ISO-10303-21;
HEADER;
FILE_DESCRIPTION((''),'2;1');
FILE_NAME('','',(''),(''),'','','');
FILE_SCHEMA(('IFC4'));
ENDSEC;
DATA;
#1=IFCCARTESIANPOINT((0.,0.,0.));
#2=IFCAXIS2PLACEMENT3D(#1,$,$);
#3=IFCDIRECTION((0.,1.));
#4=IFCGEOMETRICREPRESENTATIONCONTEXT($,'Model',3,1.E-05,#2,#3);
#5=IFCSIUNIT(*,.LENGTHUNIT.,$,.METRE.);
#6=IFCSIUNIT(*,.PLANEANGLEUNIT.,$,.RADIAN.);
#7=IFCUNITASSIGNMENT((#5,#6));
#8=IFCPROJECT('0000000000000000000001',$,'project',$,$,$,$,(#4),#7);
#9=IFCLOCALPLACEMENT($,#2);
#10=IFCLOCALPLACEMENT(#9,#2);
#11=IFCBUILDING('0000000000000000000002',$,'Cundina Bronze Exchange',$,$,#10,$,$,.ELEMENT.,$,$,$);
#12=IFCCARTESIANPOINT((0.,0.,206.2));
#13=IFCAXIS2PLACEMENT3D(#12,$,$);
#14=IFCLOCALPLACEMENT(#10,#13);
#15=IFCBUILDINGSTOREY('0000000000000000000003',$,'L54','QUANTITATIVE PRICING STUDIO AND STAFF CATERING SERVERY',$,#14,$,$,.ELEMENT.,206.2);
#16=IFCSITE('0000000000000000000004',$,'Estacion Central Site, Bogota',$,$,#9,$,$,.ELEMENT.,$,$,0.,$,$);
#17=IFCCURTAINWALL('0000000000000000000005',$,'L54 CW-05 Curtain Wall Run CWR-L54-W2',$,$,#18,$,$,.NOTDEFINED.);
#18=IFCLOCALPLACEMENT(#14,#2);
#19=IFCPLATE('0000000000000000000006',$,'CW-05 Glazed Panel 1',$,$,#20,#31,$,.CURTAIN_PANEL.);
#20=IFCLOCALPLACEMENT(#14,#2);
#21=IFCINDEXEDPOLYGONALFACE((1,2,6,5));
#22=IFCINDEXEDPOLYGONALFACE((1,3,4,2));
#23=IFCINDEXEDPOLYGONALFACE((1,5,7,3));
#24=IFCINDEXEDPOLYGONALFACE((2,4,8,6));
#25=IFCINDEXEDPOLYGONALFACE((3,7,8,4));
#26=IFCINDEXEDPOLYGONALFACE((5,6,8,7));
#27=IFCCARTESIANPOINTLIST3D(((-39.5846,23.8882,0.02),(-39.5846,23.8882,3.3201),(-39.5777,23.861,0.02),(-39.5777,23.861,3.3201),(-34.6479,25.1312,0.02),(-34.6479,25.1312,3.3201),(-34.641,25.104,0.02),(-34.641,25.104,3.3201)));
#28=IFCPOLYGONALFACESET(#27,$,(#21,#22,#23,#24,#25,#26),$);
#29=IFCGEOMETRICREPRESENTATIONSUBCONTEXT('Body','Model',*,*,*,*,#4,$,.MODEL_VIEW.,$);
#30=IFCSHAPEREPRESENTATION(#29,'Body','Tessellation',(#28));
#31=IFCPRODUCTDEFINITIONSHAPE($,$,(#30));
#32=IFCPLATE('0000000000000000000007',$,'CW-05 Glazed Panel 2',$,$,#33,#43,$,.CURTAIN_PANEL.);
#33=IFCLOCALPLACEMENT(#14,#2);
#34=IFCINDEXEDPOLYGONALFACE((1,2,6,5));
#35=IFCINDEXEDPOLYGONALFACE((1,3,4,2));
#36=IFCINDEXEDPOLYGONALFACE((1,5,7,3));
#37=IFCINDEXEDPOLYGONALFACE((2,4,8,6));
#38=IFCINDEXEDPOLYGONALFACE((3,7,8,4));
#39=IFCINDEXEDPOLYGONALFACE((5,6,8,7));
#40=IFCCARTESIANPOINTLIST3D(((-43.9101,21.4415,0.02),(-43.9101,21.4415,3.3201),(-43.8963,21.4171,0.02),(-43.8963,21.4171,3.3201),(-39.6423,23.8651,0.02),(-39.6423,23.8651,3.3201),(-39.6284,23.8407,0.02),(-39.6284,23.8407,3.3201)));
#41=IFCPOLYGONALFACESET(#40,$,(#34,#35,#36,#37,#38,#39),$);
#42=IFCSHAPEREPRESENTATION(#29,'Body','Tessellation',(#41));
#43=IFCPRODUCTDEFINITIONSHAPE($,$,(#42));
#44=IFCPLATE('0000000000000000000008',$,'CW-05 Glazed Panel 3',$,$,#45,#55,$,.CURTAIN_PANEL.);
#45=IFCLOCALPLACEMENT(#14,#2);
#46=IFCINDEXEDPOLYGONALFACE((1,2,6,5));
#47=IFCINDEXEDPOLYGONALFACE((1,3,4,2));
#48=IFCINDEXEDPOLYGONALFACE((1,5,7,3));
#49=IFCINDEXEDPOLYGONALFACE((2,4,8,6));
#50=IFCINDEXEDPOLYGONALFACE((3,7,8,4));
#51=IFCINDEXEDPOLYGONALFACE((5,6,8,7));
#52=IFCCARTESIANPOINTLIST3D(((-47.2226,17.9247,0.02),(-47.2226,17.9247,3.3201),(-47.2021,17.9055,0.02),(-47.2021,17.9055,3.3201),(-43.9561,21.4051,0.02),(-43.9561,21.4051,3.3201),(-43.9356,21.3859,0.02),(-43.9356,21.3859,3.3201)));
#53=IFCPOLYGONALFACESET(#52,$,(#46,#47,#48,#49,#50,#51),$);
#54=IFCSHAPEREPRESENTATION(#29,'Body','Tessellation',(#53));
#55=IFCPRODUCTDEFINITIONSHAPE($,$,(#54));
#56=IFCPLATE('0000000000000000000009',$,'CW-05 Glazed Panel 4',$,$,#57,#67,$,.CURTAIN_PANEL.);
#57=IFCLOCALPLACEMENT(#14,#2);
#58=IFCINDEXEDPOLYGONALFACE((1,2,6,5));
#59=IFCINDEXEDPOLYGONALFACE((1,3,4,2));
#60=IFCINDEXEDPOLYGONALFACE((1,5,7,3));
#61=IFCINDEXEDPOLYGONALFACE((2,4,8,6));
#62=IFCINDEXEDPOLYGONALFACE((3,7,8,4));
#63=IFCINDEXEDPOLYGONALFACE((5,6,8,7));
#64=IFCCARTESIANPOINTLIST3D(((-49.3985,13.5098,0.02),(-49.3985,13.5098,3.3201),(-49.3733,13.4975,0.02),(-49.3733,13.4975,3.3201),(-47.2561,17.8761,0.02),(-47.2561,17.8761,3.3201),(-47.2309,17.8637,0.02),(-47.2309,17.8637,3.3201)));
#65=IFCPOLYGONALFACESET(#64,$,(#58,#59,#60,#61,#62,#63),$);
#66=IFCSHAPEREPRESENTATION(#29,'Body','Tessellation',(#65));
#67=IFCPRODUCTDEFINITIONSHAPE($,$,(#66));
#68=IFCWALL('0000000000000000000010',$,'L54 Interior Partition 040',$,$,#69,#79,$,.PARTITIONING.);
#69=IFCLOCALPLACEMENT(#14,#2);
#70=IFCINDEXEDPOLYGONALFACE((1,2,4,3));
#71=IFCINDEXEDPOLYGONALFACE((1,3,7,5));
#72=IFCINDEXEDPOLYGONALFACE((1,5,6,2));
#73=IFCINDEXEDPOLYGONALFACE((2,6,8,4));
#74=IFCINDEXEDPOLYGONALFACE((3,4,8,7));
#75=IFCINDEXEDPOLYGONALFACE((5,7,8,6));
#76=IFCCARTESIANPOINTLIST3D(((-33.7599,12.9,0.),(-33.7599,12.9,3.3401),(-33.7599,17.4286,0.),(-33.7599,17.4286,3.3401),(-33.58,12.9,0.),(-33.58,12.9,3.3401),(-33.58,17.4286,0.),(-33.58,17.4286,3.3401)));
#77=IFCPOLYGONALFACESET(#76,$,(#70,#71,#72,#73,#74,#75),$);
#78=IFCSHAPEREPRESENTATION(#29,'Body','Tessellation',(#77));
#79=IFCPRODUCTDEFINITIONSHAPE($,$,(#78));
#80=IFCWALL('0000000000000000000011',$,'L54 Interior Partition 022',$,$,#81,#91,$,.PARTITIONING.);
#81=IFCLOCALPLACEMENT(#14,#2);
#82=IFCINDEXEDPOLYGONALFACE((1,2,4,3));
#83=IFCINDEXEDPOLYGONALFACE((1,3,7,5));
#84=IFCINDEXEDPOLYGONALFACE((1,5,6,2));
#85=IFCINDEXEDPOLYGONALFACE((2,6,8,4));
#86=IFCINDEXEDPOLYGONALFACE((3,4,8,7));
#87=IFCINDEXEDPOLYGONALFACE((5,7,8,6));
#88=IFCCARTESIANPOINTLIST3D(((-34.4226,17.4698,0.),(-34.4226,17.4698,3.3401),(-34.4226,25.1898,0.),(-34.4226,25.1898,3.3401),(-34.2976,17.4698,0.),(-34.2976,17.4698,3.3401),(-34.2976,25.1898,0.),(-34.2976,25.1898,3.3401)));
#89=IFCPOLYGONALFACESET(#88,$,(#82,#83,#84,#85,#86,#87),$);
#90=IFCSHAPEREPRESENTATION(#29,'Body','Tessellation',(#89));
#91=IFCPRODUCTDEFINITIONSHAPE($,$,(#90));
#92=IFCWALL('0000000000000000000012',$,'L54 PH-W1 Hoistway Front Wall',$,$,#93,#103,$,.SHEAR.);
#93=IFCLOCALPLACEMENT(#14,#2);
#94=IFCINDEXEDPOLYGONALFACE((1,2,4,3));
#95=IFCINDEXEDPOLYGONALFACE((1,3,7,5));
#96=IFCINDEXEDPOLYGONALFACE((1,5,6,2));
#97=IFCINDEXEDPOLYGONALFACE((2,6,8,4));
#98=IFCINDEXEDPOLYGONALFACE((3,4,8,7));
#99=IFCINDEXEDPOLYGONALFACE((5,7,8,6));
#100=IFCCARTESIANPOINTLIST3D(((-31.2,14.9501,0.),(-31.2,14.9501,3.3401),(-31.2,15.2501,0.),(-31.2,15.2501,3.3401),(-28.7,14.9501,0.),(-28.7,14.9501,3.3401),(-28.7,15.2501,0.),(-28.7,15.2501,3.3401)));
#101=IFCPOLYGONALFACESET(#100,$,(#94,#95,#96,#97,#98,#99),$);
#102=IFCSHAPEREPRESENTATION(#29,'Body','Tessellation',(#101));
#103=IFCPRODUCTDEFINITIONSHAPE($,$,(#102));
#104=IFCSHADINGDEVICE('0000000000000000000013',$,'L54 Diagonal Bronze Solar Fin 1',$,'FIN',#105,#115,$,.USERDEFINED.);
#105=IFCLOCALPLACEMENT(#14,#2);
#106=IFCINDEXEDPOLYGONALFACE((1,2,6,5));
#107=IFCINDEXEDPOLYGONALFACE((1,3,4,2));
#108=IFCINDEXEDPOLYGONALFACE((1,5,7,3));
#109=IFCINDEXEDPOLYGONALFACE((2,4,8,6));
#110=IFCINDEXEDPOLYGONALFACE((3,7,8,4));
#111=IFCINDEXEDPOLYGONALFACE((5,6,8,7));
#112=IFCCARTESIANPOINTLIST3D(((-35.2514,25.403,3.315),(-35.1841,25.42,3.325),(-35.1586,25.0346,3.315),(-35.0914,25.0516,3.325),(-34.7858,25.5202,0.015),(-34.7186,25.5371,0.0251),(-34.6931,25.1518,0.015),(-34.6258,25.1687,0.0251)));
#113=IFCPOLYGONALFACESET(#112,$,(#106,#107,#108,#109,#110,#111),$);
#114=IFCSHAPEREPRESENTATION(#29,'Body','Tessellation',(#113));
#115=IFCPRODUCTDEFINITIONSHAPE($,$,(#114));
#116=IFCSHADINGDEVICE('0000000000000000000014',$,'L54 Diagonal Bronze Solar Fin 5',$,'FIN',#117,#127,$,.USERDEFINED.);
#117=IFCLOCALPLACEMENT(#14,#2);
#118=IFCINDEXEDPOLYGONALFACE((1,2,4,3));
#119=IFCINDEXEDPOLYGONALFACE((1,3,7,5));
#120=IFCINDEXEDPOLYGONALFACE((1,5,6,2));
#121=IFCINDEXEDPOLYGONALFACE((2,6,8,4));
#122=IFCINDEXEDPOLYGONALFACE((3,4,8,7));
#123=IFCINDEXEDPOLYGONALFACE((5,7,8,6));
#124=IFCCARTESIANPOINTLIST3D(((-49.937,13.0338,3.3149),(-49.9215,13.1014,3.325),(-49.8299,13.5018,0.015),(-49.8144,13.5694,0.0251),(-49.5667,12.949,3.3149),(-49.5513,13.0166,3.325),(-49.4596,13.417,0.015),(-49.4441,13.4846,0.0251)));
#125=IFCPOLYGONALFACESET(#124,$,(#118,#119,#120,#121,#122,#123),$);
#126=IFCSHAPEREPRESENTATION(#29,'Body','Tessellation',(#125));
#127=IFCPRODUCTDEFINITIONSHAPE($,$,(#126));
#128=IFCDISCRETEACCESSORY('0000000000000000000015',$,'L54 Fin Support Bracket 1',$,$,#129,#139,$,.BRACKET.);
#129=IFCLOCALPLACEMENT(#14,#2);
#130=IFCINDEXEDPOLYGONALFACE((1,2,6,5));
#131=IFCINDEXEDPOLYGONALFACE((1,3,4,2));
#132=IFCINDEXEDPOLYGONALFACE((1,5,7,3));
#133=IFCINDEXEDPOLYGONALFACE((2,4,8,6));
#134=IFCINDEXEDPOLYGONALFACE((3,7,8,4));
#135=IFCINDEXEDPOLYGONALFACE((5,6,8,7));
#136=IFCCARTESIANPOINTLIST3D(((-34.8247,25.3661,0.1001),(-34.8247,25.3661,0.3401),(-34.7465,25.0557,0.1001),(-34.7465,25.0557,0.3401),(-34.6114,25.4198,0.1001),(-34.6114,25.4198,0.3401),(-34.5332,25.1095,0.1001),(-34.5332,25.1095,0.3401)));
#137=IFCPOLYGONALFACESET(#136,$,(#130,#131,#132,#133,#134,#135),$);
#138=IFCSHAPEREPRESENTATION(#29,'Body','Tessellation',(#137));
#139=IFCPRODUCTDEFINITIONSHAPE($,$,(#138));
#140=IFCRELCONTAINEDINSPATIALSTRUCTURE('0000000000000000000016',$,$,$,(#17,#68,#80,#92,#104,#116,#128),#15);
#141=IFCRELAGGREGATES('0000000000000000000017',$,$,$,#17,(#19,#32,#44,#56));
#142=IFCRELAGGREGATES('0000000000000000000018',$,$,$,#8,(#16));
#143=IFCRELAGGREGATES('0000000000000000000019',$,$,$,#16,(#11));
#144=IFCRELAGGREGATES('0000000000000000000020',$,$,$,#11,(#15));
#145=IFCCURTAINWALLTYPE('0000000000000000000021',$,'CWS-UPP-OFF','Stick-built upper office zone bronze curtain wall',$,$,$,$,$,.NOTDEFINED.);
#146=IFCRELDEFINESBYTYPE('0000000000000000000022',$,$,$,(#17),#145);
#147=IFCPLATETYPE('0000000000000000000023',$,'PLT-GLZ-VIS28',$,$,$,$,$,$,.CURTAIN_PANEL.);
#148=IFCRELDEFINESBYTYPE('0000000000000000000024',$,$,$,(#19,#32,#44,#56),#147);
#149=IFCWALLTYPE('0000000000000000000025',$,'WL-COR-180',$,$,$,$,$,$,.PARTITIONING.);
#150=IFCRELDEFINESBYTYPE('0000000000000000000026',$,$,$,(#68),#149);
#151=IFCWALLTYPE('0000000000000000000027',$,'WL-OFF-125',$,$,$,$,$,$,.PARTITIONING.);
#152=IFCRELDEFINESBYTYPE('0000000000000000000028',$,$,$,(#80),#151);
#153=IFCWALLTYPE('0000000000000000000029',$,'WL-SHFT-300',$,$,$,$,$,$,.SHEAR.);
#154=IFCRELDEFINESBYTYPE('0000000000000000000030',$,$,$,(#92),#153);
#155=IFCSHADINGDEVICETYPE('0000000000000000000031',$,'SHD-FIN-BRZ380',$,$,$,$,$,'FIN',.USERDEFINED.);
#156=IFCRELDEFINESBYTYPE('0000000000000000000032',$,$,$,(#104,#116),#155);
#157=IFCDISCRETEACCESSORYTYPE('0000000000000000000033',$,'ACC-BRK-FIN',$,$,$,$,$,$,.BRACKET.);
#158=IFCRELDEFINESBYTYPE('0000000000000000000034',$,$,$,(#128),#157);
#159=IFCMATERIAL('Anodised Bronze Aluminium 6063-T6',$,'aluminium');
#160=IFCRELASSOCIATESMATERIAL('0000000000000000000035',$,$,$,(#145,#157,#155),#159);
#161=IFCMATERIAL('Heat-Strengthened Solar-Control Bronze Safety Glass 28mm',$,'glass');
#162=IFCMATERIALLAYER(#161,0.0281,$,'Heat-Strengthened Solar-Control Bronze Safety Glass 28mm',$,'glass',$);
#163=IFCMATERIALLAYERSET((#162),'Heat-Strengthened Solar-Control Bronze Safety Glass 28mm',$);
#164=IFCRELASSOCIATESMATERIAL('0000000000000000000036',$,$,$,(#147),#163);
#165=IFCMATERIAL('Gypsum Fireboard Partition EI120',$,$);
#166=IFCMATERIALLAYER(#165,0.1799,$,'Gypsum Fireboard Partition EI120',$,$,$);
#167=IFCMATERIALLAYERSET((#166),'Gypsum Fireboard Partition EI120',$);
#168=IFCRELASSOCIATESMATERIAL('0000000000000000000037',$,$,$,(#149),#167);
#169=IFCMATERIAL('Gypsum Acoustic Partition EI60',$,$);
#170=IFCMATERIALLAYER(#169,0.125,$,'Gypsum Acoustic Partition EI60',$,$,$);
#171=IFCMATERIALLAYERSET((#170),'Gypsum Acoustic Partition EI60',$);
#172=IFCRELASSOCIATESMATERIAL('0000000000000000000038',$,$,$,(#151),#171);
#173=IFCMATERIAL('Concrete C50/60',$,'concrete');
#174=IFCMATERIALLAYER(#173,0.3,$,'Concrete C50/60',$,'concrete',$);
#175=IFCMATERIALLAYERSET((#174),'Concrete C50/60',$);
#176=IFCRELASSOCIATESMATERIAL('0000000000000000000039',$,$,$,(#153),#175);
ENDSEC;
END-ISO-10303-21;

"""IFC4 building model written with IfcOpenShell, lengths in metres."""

from ifc_helpers import new_model, si_unit, direction, frame, frame_2d, origin, origin_2d, place, context, subcontext, project, spatial, rectangle, extrude, material, layer, layer_set, material_profile, profile_set, type_object, element, aggregate, save


model = new_model("IFC4")

# Units and contexts
model_context = context("Model", 3, precision=1e-05, world=origin(), true_north=direction((0.0, 1.0)))
body_context = subcontext(model_context, "Body", "Model", "MODEL_VIEW")
ifc_project = project(units=[si_unit("LENGTHUNIT", "METRE"), si_unit("PLANEANGLEUNIT", "RADIAN")], contexts=[model_context])

# Site, building, storey
site_placement = place(None, origin())
site = spatial("IfcSite", under=ifc_project, at=site_placement, Name="Estacion Central Site, Bogota", CompositionType="ELEMENT", RefElevation=0.0)
building_placement = place(site_placement, origin())
building = spatial("IfcBuilding", under=site, at=building_placement, Name="Cundina Bronze Exchange", CompositionType="ELEMENT")
storey_placement = place(building_placement, frame((0.0, 0.0, 206.2)))
storey = spatial("IfcBuildingStorey", under=building, at=storey_placement, Name="L54", Description="QUANTITATIVE PRICING STUDIO AND STAFF CATERING SERVERY", CompositionType="ELEMENT", Elevation=206.2)

# Shared definitions
ifc_material_1 = material(Name="Concrete C50/60", Category="concrete")

# Curtain wall
ifc_material_2 = material(Name="Anodised Bronze Aluminium 6063-T6", Category="aluminium")
curtain_wall_type = type_object("IfcCurtainWallType", Name="CWS-UPP-OFF", Description="Stick-built upper office zone bronze curtain wall", PredefinedType="NOTDEFINED", material=ifc_material_2)
curtain_wall_1_placement = place(storey_placement, origin())
curtain_wall_1 = element("IfcCurtainWall", 1, at=curtain_wall_1_placement, inside=storey, type_object=curtain_wall_type, Name="L54 CW-05 Curtain Wall Run CWR-L54-W2", PredefinedType="NOTDEFINED")

# Plates
ifc_material_3 = material(Name="Heat-Strengthened Solar-Control Bronze Safety Glass 28mm", Category="glass")
ifc_layer_1 = layer(ifc_material_3, 0.0281, Name="Heat-Strengthened Solar-Control Bronze Safety Glass 28mm", Category="glass")
ifc_layer_set_1 = layer_set([ifc_layer_1], Name="Heat-Strengthened Solar-Control Bronze Safety Glass 28mm")
plate_type = type_object("IfcPlateType", Name="PLT-GLZ-VIS28", PredefinedType="CURTAIN_PANEL", material=ifc_layer_set_1)
plate_1_placement = place(storey_placement, frame((-37.1128, 24.4961, 0.02), z_axis=(0.0, 0.0, 1.0), x_axis=(-0.969732, -0.244174, 0.0)))
plate_1 = element("IfcPlate", 2, at=plate_1_placement, type_object=plate_type, Name="CW-05 Glazed Panel 1", PredefinedType="CURTAIN_PANEL", context=body_context, shape_type="SweptSolid", body=[
    extrude(rectangle(XDim=5.0908, YDim=0.0281, at=origin_2d()), origin(), (0.0, 0.0, 1.0), 3.3),
])
plate_2_placement = place(storey_placement, frame((-41.7693, 22.6411, 0.02), z_axis=(0.0, 0.0, 1.0), x_axis=(-0.869573, -0.493805, 0.0)))
plate_2 = element("IfcPlate", 3, at=plate_2_placement, type_object=plate_type, Name="CW-05 Glazed Panel 2", PredefinedType="CURTAIN_PANEL", context=body_context, shape_type="SweptSolid", body=[
    extrude(rectangle(XDim=4.908, YDim=0.0281, at=origin_2d()), origin(), (0.0, 0.0, 1.0), 3.3),
])
plate_3_placement = place(storey_placement, frame((-45.5791, 19.6553, 0.02), z_axis=(0.0, 0.0, 1.0), x_axis=(-0.684344, -0.72916, 0.0)))
plate_3 = element("IfcPlate", 4, at=plate_3_placement, type_object=plate_type, Name="CW-05 Glazed Panel 3", PredefinedType="CURTAIN_PANEL", context=body_context, shape_type="SweptSolid", body=[
    extrude(rectangle(XDim=4.7732, YDim=0.0281, at=origin_2d()), origin(), (0.0, 0.0, 1.0), 3.3),
])
plate_4_placement = place(storey_placement, frame((-48.3147, 15.6868, 0.02), z_axis=(0.0, 0.0, 1.0), x_axis=(-0.440503, -0.897751, 0.0)))
plate_4 = element("IfcPlate", 5, at=plate_4_placement, type_object=plate_type, Name="CW-05 Glazed Panel 4", PredefinedType="CURTAIN_PANEL", context=body_context, shape_type="SweptSolid", body=[
    extrude(rectangle(XDim=4.8635, YDim=0.0281, at=origin_2d()), origin(), (0.0, 0.0, 1.0), 3.3),
])
aggregate(curtain_wall_1, [plate_1, plate_2, plate_3, plate_4])

# Walls
ifc_material_4 = material(Name="Gypsum Fireboard Partition EI120")
ifc_layer_2 = layer(ifc_material_4, 0.1799, Name="Gypsum Fireboard Partition EI120")
ifc_layer_set_2 = layer_set([ifc_layer_2], Name="Gypsum Fireboard Partition EI120")
wall_type_1 = type_object("IfcWallType", Name="WL-COR-180", PredefinedType="PARTITIONING", material=ifc_layer_set_2)
wall_1_placement = place(storey_placement, frame((-33.6699, 17.4285, 0.0), z_axis=(0.0, 0.0, 1.0), x_axis=(0.0, -1.0, 0.0)))
element("IfcWall", 6, at=wall_1_placement, inside=storey, type_object=wall_type_1, Name="L54 Interior Partition 040", PredefinedType="PARTITIONING", context=body_context, shape_type="SweptSolid", body=[
    extrude(rectangle(XDim=4.5286, YDim=0.1799, at=frame_2d((2.2642, 0.0))), origin(), (0.0, 0.0, 1.0), 3.3401),
])
ifc_material_5 = material(Name="Gypsum Acoustic Partition EI60")
ifc_layer_3 = layer(ifc_material_5, 0.125, Name="Gypsum Acoustic Partition EI60")
ifc_layer_set_3 = layer_set([ifc_layer_3], Name="Gypsum Acoustic Partition EI60")
wall_type_2 = type_object("IfcWallType", Name="WL-OFF-125", PredefinedType="PARTITIONING", material=ifc_layer_set_3)
wall_2_placement = place(storey_placement, frame((-34.3601, 17.47, 0.0), z_axis=(0.0, 0.0, 1.0), x_axis=(0.0, 1.0, 0.0)))
element("IfcWall", 7, at=wall_2_placement, inside=storey, type_object=wall_type_2, Name="L54 Interior Partition 022", PredefinedType="PARTITIONING", context=body_context, shape_type="SweptSolid", body=[
    extrude(rectangle(XDim=7.72, YDim=0.125, at=frame_2d((3.8599, 0.0))), origin(), (0.0, 0.0, 1.0), 3.3401),
])
ifc_layer_4 = layer(ifc_material_1, 0.3, Name="Concrete C50/60", Category="concrete")
ifc_layer_set_4 = layer_set([ifc_layer_4], Name="Concrete C50/60")
wall_type_3 = type_object("IfcWallType", Name="WL-SHFT-300", PredefinedType="SHEAR", material=ifc_layer_set_4)
wall_3_placement = place(storey_placement, frame((-31.2, 15.1001, 0.0), z_axis=(0.0, 0.0, 1.0), x_axis=(1.0, 0.0, 0.0)))
element("IfcWall", 8, at=wall_3_placement, inside=storey, type_object=wall_type_3, Name="L54 PH-W1 Hoistway Front Wall", PredefinedType="SHEAR", context=body_context, shape_type="SweptSolid", body=[
    extrude(rectangle(XDim=2.5, YDim=0.3, at=frame_2d((1.25, 0.0))), origin(), (0.0, 0.0, 1.0), 3.3401),
])

# Shading devices
ifc_material_profile_1 = material_profile(ifc_material_2, rectangle(XDim=0.0701, YDim=0.3799, at=origin_2d()), Name="FIN70X380", Category="aluminium")
ifc_profile_set_1 = profile_set([ifc_material_profile_1], Name="Anodised Bronze Aluminium 6063-T6")
shading_device_type = type_object("IfcShadingDeviceType", Name="SHD-FIN-BRZ380", ElementType="FIN", PredefinedType="USERDEFINED", material=ifc_profile_set_1)
for number, where, z_axis, x_axis, name in (
    (9, (-34.7058, 25.3445, 0.02), (-0.139612, -0.035141, 0.989583), (0.95965, 0.241548, 0.143967), "L54 Diagonal Bronze Solar Fin 1"),
    (10, (-49.637, 13.4932, 0.02), (-0.032139, -0.140344, 0.989581), (0.220899, 0.964611, 0.143977), "L54 Diagonal Bronze Solar Fin 5"),
):
    element("IfcShadingDevice", number, at=place(storey_placement, frame(where, z_axis=z_axis, x_axis=x_axis)), inside=storey, type_object=shading_device_type, Name=name, ObjectType="FIN", PredefinedType="USERDEFINED", context=body_context, shape_type="SweptSolid", body=[
        extrude(rectangle(XDim=0.0701, YDim=0.3799, at=origin_2d()), origin(), (0.0, 0.0, 1.0), 3.3347),
    ])

# Discrete accessory
discrete_accessory_type = type_object("IfcDiscreteAccessoryType", Name="ACC-BRK-FIN", PredefinedType="BRACKET", material=ifc_material_2)
discrete_accessory_placement = place(storey_placement, frame((-34.679, 25.2378, 0.1001), z_axis=(0.0, 0.0, 1.0), x_axis=(-0.969732, -0.244174, 0.0)))
element("IfcDiscreteAccessory", 11, at=discrete_accessory_placement, inside=storey, type_object=discrete_accessory_type, Name="L54 Fin Support Bracket 1", PredefinedType="BRACKET", context=body_context, shape_type="SweptSolid", body=[
    extrude(rectangle(XDim=0.22, YDim=0.3201, at=origin_2d()), origin(), (0.0, 0.0, 1.0), 0.24),
])

save(model, "model.ifc")
